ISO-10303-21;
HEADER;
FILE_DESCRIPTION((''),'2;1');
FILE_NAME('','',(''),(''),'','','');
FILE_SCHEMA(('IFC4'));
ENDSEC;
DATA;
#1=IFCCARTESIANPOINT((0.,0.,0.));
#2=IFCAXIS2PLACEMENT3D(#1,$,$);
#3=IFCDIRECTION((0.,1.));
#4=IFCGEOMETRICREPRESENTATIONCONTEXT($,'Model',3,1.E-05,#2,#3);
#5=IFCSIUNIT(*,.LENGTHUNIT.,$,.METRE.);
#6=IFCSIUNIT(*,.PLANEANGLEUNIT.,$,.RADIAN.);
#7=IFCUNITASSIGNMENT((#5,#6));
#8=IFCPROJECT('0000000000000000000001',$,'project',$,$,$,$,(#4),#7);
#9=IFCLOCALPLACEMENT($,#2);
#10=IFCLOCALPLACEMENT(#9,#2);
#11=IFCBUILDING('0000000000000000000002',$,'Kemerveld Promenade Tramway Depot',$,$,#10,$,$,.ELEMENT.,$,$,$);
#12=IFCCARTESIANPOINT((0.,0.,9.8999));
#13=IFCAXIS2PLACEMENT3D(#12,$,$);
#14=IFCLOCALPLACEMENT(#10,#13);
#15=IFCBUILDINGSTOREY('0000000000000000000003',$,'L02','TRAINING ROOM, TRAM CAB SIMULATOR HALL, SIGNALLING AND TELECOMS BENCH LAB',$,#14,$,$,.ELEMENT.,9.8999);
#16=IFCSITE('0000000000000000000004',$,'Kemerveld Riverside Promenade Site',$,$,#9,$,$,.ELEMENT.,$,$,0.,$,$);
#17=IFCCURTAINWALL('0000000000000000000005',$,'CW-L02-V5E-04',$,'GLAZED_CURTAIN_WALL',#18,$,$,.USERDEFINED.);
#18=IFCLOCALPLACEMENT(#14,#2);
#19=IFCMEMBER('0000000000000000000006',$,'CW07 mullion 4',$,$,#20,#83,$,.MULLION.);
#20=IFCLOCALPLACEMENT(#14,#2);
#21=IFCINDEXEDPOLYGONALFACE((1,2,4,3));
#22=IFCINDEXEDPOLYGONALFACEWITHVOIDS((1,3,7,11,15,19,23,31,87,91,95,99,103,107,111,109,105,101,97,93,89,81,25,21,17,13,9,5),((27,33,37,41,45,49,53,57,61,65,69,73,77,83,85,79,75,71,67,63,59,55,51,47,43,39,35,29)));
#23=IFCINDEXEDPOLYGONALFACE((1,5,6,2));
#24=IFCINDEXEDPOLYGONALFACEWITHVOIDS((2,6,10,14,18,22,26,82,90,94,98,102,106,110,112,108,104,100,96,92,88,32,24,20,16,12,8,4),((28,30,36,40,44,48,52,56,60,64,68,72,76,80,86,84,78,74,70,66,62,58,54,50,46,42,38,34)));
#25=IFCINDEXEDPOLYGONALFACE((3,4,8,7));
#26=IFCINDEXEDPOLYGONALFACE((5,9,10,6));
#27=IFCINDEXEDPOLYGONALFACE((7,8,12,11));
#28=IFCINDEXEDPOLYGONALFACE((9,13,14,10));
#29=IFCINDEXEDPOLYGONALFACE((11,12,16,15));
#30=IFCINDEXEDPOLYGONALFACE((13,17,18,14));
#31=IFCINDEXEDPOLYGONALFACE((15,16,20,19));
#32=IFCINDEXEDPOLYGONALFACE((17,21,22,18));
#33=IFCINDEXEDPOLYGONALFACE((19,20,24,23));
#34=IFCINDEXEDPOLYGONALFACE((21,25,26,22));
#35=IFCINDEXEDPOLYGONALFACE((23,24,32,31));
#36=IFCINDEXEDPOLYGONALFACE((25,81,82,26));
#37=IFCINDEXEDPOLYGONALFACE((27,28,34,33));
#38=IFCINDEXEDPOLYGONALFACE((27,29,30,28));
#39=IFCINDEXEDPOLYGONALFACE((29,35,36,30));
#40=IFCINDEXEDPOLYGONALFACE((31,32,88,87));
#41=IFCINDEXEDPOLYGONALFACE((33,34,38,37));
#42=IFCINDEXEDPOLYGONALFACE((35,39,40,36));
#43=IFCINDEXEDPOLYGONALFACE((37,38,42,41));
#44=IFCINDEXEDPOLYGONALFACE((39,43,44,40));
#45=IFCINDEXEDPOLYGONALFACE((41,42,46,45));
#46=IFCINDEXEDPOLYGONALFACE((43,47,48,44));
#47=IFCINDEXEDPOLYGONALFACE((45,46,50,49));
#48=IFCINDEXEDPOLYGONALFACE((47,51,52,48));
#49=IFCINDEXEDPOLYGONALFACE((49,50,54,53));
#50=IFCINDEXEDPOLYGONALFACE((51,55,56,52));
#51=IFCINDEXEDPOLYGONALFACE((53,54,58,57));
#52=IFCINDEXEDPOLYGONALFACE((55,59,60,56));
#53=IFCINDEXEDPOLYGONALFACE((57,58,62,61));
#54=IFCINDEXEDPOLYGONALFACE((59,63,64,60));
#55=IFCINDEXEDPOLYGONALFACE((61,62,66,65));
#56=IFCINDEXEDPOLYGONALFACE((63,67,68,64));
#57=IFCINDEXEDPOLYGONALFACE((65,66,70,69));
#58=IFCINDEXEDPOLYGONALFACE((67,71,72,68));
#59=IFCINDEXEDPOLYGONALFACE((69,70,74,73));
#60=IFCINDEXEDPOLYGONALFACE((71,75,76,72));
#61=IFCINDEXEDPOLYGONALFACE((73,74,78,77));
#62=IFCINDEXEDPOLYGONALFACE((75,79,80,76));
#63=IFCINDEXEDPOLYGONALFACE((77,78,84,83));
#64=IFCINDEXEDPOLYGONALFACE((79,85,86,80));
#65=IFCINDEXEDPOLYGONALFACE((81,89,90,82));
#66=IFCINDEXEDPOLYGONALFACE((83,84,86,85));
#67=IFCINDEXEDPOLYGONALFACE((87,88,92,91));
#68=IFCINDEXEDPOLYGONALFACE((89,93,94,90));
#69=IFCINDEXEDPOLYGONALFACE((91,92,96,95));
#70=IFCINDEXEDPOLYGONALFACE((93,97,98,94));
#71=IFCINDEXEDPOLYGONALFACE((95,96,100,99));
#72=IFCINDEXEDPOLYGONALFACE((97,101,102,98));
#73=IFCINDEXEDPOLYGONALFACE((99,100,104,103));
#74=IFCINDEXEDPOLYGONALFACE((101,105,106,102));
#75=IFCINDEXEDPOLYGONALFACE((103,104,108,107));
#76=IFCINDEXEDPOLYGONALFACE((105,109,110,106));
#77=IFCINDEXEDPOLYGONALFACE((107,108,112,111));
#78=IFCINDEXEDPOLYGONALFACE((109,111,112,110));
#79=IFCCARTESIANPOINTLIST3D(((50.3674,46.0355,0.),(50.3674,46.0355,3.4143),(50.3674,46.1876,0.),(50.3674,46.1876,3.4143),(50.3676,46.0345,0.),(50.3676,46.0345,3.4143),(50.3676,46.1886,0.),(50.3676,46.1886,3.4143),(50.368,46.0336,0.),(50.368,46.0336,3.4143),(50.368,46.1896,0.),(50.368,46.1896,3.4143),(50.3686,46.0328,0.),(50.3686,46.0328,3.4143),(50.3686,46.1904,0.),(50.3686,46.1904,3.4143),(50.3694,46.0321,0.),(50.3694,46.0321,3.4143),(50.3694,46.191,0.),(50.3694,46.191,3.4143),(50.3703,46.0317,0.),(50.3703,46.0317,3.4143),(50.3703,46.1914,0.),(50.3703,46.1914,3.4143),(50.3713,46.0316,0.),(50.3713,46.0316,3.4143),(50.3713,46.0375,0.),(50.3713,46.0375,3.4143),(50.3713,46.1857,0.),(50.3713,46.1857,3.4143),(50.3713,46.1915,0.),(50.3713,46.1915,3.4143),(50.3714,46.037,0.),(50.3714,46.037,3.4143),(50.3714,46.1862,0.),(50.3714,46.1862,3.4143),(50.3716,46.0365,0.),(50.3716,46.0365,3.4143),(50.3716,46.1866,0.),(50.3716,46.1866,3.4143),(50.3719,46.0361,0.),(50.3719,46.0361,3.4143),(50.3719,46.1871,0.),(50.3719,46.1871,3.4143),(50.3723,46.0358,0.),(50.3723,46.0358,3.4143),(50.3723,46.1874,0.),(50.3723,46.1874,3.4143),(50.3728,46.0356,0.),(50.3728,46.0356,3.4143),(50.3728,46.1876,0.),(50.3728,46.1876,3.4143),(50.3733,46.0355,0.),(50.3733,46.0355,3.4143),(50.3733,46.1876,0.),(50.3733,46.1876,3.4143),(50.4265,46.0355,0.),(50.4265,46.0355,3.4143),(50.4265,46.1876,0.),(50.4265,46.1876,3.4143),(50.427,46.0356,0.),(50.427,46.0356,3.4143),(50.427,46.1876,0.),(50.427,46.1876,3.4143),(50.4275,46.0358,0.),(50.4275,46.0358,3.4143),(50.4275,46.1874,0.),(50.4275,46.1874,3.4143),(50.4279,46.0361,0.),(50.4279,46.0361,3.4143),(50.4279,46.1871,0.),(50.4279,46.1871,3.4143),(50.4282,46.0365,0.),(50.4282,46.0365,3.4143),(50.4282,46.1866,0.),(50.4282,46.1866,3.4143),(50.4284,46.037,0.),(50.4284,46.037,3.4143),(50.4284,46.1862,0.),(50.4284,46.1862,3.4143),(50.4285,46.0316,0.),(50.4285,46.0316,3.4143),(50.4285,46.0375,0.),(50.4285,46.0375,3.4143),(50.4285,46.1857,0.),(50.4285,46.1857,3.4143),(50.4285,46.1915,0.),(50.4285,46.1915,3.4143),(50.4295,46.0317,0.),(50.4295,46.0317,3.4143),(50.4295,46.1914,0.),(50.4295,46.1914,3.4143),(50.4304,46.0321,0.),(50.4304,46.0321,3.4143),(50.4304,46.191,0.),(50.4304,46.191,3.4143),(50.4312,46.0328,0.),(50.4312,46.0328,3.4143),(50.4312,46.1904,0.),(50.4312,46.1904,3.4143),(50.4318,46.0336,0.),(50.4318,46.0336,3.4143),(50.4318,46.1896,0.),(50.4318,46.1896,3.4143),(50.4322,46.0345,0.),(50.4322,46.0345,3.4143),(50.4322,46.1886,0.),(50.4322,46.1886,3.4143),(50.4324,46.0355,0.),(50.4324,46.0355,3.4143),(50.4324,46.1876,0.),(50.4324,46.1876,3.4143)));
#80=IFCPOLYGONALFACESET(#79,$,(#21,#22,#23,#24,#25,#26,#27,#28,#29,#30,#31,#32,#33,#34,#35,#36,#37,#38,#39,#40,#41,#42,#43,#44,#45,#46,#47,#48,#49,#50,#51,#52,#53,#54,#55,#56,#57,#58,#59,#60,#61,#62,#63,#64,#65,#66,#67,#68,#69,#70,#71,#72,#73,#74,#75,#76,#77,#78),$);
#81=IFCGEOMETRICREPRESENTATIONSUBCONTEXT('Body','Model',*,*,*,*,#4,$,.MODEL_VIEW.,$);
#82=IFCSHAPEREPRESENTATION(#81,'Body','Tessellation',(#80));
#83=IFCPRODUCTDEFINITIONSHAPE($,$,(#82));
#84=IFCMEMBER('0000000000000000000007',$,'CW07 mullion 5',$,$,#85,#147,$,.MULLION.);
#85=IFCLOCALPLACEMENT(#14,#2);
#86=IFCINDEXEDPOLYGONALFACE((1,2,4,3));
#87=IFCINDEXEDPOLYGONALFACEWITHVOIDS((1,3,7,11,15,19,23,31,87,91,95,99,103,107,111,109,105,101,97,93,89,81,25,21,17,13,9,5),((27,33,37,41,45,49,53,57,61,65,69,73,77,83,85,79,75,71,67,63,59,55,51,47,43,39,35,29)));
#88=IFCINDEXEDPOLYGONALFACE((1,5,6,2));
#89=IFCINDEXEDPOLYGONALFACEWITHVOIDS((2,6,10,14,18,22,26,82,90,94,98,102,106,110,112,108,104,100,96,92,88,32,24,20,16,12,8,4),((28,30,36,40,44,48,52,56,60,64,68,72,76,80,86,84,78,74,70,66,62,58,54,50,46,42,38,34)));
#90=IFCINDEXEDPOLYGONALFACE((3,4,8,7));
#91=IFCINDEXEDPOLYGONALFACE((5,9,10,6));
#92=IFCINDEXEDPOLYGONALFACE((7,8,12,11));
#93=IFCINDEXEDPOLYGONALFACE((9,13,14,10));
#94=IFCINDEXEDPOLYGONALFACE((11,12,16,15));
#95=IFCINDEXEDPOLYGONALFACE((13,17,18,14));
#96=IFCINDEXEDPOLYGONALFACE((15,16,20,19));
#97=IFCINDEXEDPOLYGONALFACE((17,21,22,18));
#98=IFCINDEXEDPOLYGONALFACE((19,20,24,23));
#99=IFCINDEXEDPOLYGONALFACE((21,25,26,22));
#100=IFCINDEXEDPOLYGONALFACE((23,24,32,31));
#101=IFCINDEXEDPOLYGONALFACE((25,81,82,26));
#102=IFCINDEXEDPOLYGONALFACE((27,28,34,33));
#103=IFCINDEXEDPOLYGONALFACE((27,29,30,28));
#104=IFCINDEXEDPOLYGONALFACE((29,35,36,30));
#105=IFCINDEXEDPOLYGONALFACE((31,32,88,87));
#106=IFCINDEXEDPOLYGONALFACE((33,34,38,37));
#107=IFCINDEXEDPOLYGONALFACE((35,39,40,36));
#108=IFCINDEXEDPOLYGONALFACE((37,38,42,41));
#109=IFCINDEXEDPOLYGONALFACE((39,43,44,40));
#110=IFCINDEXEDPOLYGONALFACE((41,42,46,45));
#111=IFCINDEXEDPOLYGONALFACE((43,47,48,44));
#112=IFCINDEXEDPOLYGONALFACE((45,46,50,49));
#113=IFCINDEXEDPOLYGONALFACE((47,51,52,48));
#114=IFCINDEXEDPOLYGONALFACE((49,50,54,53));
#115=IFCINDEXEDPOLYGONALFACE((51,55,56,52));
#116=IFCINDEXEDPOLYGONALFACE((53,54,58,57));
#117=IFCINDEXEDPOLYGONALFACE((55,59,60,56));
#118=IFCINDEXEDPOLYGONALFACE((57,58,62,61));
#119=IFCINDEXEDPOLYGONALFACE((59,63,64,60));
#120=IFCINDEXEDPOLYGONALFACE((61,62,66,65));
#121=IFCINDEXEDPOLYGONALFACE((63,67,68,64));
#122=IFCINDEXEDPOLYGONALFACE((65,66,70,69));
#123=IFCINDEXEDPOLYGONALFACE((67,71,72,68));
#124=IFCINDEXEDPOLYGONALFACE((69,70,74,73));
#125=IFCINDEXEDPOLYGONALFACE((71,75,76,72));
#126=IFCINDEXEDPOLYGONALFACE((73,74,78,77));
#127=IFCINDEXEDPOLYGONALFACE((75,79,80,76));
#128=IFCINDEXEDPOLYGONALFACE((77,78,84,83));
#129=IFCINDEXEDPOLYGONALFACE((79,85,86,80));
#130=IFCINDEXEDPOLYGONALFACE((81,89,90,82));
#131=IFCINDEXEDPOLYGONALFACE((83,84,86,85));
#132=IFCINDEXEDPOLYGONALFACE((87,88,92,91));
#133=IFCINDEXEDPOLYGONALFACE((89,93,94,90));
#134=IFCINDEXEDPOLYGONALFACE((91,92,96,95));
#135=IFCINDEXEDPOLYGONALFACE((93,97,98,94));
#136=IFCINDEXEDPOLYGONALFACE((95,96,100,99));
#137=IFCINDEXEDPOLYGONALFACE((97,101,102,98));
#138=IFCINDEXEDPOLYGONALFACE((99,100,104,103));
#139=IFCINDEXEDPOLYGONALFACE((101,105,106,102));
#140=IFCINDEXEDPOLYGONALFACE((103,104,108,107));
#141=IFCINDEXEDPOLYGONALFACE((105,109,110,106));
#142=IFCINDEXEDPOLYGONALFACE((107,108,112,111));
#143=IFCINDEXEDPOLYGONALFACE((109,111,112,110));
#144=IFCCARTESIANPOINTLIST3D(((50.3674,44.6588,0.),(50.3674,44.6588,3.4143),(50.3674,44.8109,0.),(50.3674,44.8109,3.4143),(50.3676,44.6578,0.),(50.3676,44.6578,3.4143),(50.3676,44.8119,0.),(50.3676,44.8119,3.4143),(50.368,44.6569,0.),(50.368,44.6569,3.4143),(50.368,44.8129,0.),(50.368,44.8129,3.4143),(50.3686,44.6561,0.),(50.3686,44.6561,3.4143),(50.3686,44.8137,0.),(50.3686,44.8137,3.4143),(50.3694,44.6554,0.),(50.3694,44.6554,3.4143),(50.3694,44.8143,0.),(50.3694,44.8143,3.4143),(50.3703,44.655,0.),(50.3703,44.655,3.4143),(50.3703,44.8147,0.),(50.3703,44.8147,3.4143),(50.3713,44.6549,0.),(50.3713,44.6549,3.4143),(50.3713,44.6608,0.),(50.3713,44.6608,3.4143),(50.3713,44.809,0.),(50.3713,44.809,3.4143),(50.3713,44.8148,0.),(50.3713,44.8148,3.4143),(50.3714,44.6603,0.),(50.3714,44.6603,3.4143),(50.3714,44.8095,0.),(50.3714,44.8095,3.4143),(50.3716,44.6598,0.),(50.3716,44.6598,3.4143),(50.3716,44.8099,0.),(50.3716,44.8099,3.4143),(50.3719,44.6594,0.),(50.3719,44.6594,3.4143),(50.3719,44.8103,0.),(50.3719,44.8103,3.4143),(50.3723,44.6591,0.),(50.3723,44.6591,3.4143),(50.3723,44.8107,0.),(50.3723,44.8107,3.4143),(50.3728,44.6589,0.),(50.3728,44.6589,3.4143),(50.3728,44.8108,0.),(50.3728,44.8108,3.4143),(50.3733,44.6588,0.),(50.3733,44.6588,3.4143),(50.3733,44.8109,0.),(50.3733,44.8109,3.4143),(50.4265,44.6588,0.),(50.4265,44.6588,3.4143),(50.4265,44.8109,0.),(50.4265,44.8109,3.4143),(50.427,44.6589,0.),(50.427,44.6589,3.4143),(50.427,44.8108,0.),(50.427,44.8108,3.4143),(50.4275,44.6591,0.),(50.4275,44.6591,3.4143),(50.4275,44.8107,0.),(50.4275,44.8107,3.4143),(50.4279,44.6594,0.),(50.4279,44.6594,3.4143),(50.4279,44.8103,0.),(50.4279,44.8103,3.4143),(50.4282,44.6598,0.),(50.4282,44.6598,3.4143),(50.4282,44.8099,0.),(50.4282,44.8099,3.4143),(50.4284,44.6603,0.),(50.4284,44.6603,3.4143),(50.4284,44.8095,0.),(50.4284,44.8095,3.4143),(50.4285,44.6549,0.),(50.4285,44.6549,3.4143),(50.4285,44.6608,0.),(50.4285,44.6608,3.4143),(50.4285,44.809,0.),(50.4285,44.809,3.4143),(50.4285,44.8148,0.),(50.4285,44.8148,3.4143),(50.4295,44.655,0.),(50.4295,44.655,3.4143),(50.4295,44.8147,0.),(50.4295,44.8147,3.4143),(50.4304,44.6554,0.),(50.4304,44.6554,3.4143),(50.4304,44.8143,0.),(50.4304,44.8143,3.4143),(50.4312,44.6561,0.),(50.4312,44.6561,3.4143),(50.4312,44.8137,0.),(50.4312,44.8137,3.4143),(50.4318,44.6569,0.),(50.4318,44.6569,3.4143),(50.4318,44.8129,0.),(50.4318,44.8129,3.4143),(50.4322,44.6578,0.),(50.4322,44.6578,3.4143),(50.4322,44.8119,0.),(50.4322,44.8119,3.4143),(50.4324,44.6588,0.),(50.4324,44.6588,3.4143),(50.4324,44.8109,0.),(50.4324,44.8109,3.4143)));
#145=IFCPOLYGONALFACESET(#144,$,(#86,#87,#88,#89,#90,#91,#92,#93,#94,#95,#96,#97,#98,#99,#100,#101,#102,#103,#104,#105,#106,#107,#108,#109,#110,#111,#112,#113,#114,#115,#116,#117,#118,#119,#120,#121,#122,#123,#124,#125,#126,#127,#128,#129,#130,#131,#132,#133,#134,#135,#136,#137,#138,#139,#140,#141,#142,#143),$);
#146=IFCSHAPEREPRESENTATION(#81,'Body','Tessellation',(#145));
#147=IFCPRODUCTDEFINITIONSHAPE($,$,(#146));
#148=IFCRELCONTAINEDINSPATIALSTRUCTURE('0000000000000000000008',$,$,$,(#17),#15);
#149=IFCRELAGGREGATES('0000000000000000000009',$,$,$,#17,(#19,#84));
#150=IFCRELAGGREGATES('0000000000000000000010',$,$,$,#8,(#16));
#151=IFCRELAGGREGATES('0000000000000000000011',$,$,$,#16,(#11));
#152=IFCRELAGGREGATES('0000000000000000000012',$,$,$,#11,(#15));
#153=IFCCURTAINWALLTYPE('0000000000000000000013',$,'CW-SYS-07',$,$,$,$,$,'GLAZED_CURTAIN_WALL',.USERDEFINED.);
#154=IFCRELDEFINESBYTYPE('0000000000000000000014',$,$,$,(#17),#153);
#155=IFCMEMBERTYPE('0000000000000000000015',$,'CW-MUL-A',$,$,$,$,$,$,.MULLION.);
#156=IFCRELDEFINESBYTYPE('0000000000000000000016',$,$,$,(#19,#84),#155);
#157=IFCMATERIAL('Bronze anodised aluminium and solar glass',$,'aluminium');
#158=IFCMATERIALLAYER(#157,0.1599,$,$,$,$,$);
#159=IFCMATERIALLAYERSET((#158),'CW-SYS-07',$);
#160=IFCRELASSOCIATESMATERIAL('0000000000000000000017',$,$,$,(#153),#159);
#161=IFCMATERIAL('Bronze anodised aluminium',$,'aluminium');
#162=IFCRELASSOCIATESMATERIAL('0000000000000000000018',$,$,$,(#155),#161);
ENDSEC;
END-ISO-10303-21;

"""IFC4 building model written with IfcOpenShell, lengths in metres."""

from ifc_helpers import new_model, si_unit, direction, frame, origin, origin_2d, place, context, subcontext, project, spatial, hollow_rectangle, extrude, material, layer, layer_set, material_profile, profile_set, type_object, element, aggregate, save


model = new_model("IFC4")

# Units and contexts
model_context = context("Model", 3, precision=1e-05, world=origin(), true_north=direction((0.0, 1.0)))
body_context = subcontext(model_context, "Body", "Model", "MODEL_VIEW")
ifc_project = project(units=[si_unit("LENGTHUNIT", "METRE"), si_unit("PLANEANGLEUNIT", "RADIAN")], contexts=[model_context])

# Site, building, storey
site_placement = place(None, origin())
site = spatial("IfcSite", under=ifc_project, at=site_placement, Name="Kemerveld Riverside Promenade Site", CompositionType="ELEMENT", RefElevation=0.0)
building_placement = place(site_placement, origin())
building = spatial("IfcBuilding", under=site, at=building_placement, Name="Kemerveld Promenade Tramway Depot", CompositionType="ELEMENT")
storey_placement = place(building_placement, frame((0.0, 0.0, 9.8999)))
storey = spatial("IfcBuildingStorey", under=building, at=storey_placement, Name="L02", Description="TRAINING ROOM, TRAM CAB SIMULATOR HALL, SIGNALLING AND TELECOMS BENCH LAB", CompositionType="ELEMENT", Elevation=9.8999)

# Curtain wall, members
ifc_material_1 = material(Name="Bronze anodised aluminium and solar glass", Category="aluminium")
ifc_layer_1 = layer(ifc_material_1, 0.1599)
ifc_layer_set_1 = layer_set([ifc_layer_1], Name="CW-SYS-07")
curtain_wall_type = type_object("IfcCurtainWallType", Name="CW-SYS-07", ElementType="GLAZED_CURTAIN_WALL", PredefinedType="USERDEFINED", material=ifc_layer_set_1)
curtain_wall_placement = place(storey_placement, origin())
curtain_wall = element("IfcCurtainWall", 1, at=curtain_wall_placement, inside=storey, type_object=curtain_wall_type, Name="CW-L02-V5E-04", ObjectType="GLAZED_CURTAIN_WALL", PredefinedType="USERDEFINED")
ifc_material_2 = material(Name="Bronze anodised aluminium", Category="aluminium")
ifc_material_profile_1 = material_profile(ifc_material_2, hollow_rectangle(XDim=0.0649, YDim=0.1599, WallThickness=0.0039, InnerFilletRadius=0.002, OuterFilletRadius=0.0039, at=origin_2d()), Name="CW-MUL-160x65")
ifc_profile_set_1 = profile_set([ifc_material_profile_1], Name="Bronze anodised aluminium")
member_type_1 = type_object("IfcMemberType", Name="CW-MUL-A", PredefinedType="MULLION", material=ifc_profile_set_1)
member_1_placement = place(storey_placement, frame((50.3999, 46.1116, 0.0), z_axis=(0.0, 0.0, 1.0), x_axis=(1.0, 0.0, 0.0)))
member_1 = element("IfcMember", 2, at=member_1_placement, type_object=member_type_1, Name="CW07 mullion 4", PredefinedType="MULLION", context=body_context, shape_type="SweptSolid", body=[
    extrude(hollow_rectangle(XDim=0.0649, YDim=0.1599, WallThickness=0.0039, InnerFilletRadius=0.002, OuterFilletRadius=0.0039, at=origin_2d()), origin(), (0.0, 0.0, 1.0), 3.4143),
])
member_2_placement = place(storey_placement, frame((50.3999, 44.7349, 0.0), z_axis=(0.0, 0.0, 1.0), x_axis=(1.0, 0.0, 0.0)))
member_2 = element("IfcMember", 3, at=member_2_placement, type_object=member_type_1, Name="CW07 mullion 5", PredefinedType="MULLION", context=body_context, shape_type="SweptSolid", body=[
    extrude(hollow_rectangle(XDim=0.0649, YDim=0.1599, WallThickness=0.0039, InnerFilletRadius=0.002, OuterFilletRadius=0.0039, at=origin_2d()), origin(), (0.0, 0.0, 1.0), 3.4143),
])
aggregate(curtain_wall, [member_1, member_2])

save(model, "model.ifc")
